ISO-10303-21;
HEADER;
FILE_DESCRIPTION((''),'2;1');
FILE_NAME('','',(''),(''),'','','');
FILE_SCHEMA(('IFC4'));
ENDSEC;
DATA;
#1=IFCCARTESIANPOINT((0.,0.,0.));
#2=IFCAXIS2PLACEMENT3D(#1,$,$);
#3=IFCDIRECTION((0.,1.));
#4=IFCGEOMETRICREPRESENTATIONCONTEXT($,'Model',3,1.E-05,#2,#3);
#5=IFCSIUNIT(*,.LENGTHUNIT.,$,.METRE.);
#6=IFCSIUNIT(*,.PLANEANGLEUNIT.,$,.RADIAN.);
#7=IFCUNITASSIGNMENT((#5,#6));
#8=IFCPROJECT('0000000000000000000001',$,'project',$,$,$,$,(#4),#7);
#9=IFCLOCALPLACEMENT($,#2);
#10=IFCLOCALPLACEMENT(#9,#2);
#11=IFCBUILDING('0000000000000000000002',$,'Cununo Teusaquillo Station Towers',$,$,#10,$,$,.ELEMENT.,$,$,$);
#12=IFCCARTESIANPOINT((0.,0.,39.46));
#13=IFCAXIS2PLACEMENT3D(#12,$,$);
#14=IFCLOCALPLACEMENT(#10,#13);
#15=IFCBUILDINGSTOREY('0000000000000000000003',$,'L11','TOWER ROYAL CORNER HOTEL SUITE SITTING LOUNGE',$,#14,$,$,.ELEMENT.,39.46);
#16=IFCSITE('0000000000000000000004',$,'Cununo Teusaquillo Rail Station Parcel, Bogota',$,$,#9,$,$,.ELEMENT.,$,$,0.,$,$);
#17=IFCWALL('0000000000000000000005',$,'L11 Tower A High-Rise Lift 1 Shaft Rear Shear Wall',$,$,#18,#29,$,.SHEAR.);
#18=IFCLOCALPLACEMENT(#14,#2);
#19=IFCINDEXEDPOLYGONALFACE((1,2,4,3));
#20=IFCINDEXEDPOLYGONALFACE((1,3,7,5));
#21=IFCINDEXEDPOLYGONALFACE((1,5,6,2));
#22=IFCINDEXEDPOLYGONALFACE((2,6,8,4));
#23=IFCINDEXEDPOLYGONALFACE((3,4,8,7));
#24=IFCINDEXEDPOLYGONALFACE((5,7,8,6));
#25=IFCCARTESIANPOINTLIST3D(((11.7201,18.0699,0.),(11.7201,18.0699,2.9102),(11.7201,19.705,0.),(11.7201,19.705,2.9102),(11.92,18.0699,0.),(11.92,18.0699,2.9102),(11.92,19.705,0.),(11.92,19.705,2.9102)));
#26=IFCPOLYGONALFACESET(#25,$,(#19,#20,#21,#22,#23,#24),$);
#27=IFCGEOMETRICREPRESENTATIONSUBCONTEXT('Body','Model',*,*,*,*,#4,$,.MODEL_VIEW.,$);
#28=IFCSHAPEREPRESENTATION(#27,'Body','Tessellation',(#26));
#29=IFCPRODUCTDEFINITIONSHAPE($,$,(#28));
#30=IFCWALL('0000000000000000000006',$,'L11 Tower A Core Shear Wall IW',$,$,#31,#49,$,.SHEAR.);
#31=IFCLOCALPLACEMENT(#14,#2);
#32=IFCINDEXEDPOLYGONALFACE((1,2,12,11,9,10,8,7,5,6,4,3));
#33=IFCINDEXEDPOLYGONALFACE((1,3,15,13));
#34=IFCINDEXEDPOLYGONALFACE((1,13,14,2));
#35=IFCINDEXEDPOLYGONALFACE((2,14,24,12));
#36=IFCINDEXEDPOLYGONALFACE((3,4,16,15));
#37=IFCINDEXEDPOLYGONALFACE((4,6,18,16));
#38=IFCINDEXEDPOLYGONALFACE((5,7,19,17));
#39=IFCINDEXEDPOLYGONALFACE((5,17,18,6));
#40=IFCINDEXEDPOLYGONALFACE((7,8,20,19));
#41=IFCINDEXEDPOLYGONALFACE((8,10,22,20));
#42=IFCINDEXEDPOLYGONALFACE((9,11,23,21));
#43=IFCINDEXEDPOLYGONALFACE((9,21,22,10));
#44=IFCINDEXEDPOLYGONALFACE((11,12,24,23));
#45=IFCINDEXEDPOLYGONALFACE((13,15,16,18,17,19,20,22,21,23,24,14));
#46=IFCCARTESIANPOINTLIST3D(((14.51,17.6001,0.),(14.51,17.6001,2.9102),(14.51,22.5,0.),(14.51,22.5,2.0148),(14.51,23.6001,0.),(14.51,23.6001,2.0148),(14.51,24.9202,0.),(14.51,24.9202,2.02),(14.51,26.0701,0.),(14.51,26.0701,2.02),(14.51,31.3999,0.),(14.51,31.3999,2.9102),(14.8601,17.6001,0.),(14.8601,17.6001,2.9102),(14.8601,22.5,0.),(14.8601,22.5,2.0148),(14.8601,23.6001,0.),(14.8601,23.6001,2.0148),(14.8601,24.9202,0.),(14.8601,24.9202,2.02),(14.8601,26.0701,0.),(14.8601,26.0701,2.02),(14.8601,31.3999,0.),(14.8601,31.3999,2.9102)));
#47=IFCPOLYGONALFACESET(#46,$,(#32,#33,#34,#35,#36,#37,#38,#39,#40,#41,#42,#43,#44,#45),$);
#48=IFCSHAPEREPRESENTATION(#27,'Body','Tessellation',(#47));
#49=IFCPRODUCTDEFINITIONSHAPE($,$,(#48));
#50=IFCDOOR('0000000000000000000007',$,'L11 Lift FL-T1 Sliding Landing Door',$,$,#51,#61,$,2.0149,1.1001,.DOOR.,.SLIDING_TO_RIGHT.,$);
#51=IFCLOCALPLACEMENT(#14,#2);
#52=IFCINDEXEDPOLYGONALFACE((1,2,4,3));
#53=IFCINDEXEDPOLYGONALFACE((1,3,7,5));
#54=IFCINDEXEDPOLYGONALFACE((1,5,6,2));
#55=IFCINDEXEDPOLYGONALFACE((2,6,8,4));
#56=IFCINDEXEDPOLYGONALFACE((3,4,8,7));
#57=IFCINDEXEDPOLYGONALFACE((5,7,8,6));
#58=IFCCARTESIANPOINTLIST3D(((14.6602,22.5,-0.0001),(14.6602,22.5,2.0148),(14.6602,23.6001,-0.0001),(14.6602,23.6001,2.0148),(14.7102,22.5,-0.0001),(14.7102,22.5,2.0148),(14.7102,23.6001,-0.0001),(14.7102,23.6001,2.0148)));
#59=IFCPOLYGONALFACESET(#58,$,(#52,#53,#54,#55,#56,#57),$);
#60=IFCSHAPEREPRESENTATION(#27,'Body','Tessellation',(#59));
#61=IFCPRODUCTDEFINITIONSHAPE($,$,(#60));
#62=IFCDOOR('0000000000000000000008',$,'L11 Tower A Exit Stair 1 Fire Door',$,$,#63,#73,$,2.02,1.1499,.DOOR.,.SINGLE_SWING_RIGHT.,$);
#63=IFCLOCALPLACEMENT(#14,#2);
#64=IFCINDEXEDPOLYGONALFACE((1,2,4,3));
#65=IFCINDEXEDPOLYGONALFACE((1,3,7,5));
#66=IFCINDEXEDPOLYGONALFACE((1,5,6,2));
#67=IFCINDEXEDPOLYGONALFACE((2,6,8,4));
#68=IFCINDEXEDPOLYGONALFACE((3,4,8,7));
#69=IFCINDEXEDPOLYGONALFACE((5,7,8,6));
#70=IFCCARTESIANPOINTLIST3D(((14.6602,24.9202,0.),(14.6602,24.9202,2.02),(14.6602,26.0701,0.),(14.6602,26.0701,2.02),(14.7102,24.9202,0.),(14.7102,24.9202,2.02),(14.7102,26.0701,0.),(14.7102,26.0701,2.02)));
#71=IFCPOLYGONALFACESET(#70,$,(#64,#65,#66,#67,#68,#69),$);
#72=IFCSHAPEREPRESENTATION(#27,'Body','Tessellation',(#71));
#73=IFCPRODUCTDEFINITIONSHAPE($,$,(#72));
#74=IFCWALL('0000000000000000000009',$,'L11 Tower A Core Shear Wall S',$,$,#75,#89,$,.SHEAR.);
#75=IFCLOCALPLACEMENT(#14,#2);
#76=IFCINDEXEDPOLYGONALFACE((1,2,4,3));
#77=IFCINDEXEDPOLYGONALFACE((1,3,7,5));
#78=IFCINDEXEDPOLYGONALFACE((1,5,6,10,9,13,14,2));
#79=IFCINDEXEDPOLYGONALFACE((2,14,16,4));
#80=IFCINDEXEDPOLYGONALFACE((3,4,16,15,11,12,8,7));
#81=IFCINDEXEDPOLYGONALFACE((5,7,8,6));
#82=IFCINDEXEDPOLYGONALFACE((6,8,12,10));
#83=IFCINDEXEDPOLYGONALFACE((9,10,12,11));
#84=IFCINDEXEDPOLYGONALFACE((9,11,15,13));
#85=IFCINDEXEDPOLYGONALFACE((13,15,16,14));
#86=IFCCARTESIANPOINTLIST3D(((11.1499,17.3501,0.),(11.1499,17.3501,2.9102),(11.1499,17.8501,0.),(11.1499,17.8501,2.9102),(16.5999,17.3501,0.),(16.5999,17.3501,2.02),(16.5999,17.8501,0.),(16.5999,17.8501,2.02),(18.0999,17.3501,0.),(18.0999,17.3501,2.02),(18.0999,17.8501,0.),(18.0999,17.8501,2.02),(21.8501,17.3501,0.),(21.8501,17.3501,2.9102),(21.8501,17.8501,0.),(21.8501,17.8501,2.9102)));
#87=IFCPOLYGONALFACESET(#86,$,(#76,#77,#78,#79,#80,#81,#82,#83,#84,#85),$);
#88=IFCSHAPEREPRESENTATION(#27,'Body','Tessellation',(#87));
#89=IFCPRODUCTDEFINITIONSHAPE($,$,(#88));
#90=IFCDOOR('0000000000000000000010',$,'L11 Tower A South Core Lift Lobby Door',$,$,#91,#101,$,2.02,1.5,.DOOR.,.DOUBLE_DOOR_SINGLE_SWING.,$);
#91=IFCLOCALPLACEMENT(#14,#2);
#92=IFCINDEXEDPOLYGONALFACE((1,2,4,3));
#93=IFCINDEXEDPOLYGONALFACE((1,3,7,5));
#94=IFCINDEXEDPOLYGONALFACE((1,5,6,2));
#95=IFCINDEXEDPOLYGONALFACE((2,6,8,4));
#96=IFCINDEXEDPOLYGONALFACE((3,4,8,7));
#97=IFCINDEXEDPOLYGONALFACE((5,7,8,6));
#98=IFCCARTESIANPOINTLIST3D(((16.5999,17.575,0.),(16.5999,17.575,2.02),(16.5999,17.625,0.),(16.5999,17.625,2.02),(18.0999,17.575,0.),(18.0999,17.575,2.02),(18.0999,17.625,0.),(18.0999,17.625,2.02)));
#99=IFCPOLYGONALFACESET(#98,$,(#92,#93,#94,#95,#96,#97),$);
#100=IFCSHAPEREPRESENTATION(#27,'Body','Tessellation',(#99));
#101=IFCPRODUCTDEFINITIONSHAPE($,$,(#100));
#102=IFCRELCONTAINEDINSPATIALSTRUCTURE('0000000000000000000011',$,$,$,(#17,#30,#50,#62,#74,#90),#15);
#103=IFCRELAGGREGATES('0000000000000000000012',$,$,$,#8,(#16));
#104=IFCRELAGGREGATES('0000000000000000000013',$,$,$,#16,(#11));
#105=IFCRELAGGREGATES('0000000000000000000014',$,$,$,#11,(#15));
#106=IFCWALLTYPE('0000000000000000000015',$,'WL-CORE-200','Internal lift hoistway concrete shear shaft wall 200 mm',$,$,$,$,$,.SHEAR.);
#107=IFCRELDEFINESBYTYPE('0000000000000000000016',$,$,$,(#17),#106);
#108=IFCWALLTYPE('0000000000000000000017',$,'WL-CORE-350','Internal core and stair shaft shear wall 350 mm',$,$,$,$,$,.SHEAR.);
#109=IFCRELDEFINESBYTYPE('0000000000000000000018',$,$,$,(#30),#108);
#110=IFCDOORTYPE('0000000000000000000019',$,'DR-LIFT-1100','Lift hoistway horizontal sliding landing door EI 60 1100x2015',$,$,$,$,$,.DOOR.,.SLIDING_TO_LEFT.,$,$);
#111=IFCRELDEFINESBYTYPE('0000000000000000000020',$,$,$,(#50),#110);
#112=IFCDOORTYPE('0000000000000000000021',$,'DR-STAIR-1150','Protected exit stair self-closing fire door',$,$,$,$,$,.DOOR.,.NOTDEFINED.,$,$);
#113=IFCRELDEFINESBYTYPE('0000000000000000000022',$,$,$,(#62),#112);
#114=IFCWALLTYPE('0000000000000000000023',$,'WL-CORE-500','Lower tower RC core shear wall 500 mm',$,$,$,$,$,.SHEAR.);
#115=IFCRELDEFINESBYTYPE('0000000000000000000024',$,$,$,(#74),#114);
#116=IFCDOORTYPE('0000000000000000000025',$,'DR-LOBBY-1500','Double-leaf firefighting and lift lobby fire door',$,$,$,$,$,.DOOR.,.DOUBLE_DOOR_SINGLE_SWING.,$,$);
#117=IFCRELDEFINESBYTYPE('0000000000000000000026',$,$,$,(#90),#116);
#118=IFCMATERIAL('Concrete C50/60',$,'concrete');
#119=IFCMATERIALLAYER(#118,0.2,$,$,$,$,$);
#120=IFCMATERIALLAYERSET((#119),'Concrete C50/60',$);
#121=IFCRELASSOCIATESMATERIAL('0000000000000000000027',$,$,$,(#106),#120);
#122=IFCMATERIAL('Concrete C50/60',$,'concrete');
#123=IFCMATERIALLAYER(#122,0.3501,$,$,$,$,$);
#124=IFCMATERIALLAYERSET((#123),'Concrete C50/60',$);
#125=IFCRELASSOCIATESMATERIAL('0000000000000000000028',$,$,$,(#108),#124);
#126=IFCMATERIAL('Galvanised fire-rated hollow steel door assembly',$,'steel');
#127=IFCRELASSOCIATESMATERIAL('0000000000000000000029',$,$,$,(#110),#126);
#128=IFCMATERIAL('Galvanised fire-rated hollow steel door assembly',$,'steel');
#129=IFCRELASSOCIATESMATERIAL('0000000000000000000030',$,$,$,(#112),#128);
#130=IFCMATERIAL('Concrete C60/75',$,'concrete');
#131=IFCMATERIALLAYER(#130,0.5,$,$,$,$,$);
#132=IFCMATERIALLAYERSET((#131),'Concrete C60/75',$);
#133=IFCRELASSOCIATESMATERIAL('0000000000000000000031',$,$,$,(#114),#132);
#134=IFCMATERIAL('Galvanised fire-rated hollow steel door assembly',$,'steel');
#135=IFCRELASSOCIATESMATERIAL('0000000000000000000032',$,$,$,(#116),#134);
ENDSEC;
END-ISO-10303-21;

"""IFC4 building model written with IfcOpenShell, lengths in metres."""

from ifc_helpers import new_model, si_unit, direction, frame, frame_2d, origin, place, context, subcontext, project, spatial, rectangle, extrude, source, transform, mapped, material, layer, layer_set, type_object, element, fill, save


model = new_model("IFC4")

# Units and contexts
model_context = context("Model", 3, precision=1e-05, world=origin(), true_north=direction((0.0, 1.0)))
body_context = subcontext(model_context, "Body", "Model", "MODEL_VIEW")
ifc_project = project(units=[si_unit("LENGTHUNIT", "METRE"), si_unit("PLANEANGLEUNIT", "RADIAN")], contexts=[model_context])

# Site, building, storey
site_placement = place(None, origin())
site = spatial("IfcSite", under=ifc_project, at=site_placement, Name="Cununo Teusaquillo Rail Station Parcel, Bogota", CompositionType="ELEMENT", RefElevation=0.0)
building_placement = place(site_placement, origin())
building = spatial("IfcBuilding", under=site, at=building_placement, Name="Cununo Teusaquillo Station Towers", CompositionType="ELEMENT")
storey_placement = place(building_placement, frame((0.0, 0.0, 39.46)))
storey = spatial("IfcBuildingStorey", under=building, at=storey_placement, Name="L11", Description="TOWER ROYAL CORNER HOTEL SUITE SITTING LOUNGE", CompositionType="ELEMENT", Elevation=39.46)

# Wall
ifc_material_1 = material(Name="Concrete C50/60", Category="concrete")
ifc_layer_1 = layer(ifc_material_1, 0.2)
ifc_layer_set_1 = layer_set([ifc_layer_1], Name="Concrete C50/60")
wall_type_1 = type_object("IfcWallType", Name="WL-CORE-200", Description="Internal lift hoistway concrete shear shaft wall 200 mm", PredefinedType="SHEAR", material=ifc_layer_set_1)
wall_1_placement = place(storey_placement, frame((11.8201, 18.0701, 0.0), z_axis=(0.0, 0.0, 1.0), x_axis=(0.0, 1.0, 0.0)))
element("IfcWall", 1, at=wall_1_placement, inside=storey, type_object=wall_type_1, Name="L11 Tower A High-Rise Lift 1 Shaft Rear Shear Wall", PredefinedType="SHEAR", context=body_context, shape_type="SweptSolid", body=[
    extrude(rectangle(XDim=1.635, YDim=0.2, at=frame_2d((0.8174, 0.0))), origin(), (0.0, 0.0, 1.0), 2.9102),
])

# Wall, openings, doors
ifc_material_2 = material(Name="Concrete C50/60", Category="concrete")
ifc_layer_2 = layer(ifc_material_2, 0.3501)
ifc_layer_set_2 = layer_set([ifc_layer_2], Name="Concrete C50/60")
wall_type_2 = type_object("IfcWallType", Name="WL-CORE-350", Description="Internal core and stair shaft shear wall 350 mm", PredefinedType="SHEAR", material=ifc_layer_set_2)
wall_2_placement = place(storey_placement, frame((14.6851, 17.6001, 0.0), z_axis=(0.0, 0.0, 1.0), x_axis=(0.0, 1.0, 0.0)))
wall_2 = element("IfcWall", 2, at=wall_2_placement, inside=storey, type_object=wall_type_2, Name="L11 Tower A Core Shear Wall IW", PredefinedType="SHEAR", context=body_context, shape_type="SweptSolid", body=[
    extrude(rectangle(XDim=13.7998, YDim=0.3501, at=frame_2d((6.8999, 0.0))), origin(), (0.0, 0.0, 1.0), 2.9102),
])
shared_shape_1 = source(origin(), body_context, "Body", "SweptSolid", [
    extrude(rectangle(XDim=1.1001, YDim=2.0149, at=frame_2d((0.55, 1.0073))), frame((0.0, 0.1851, 0.0), z_axis=(0.0, -1.0, 0.0), x_axis=(1.0, 0.0, 0.0)), (0.0, 0.0, 1.0), 0.3701),
])
opening_1_placement = place(wall_2_placement, frame((4.8999, 0.0, 0.0)))
opening_1 = element("IfcOpeningElement", 3, at=opening_1_placement, cuts=wall_2, PredefinedType="OPENING", context=body_context, shape_type="MappedRepresentation", body=[
    mapped(shared_shape_1, transform((0.0, 0.0, 0.0), x_axis=(1.0, 0.0, 0.0), y_axis=(0.0, 1.0, 0.0), z_axis=(0.0, 0.0, 1.0), scale=1.0)),
])
shared_shape_2 = source(origin(), body_context, "Body", "SweptSolid", [
    extrude(rectangle(XDim=1.1499, YDim=2.02, at=frame_2d((0.575, 1.01))), frame((0.0, 0.1851, 0.0), z_axis=(0.0, -1.0, 0.0), x_axis=(1.0, 0.0, 0.0)), (0.0, 0.0, 1.0), 0.3701),
])
opening_2_placement = place(wall_2_placement, frame((7.3201, 0.0, 0.0)))
opening_2 = element("IfcOpeningElement", 4, at=opening_2_placement, cuts=wall_2, PredefinedType="OPENING", context=body_context, shape_type="MappedRepresentation", body=[
    mapped(shared_shape_2, transform((0.0, 0.0, 0.0), x_axis=(1.0, 0.0, 0.0), y_axis=(0.0, 1.0, 0.0), z_axis=(0.0, 0.0, 1.0), scale=1.0)),
])
ifc_material_3 = material(Name="Galvanised fire-rated hollow steel door assembly", Category="steel")
door_type_1 = type_object("IfcDoorType", Name="DR-LIFT-1100", Description="Lift hoistway horizontal sliding landing door EI 60 1100x2015", OperationType="SLIDING_TO_LEFT", PredefinedType="DOOR", material=ifc_material_3)
shared_shape_3 = source(origin(), body_context, "Body", "SweptSolid", [
    extrude(rectangle(XDim=1.1001, YDim=2.0149, at=frame_2d((0.55, 1.0073))), frame((0.0, 0.0249, 0.0), z_axis=(0.0, -1.0, 0.0), x_axis=(1.0, 0.0, 0.0)), (0.0, 0.0, 1.0), 0.05),
])
door_1_placement = place(opening_1_placement, origin())
door_1 = element("IfcDoor", 5, at=door_1_placement, inside=storey, type_object=door_type_1, Name="L11 Lift FL-T1 Sliding Landing Door", OperationType="SLIDING_TO_RIGHT", OverallHeight=2.0149, OverallWidth=1.1001, PredefinedType="DOOR", context=body_context, shape_type="MappedRepresentation", body=[
    mapped(shared_shape_3, transform((0.0, 0.0, 0.0), x_axis=(1.0, 0.0, 0.0), y_axis=(0.0, 1.0, 0.0), z_axis=(0.0, 0.0, 1.0), scale=1.0)),
])
fill(opening_1, door_1)
ifc_material_4 = material(Name="Galvanised fire-rated hollow steel door assembly", Category="steel")
door_type_2 = type_object("IfcDoorType", Name="DR-STAIR-1150", Description="Protected exit stair self-closing fire door", OperationType="NOTDEFINED", PredefinedType="DOOR", material=ifc_material_4)
shared_shape_4 = source(origin(), body_context, "Body", "SweptSolid", [
    extrude(rectangle(XDim=1.1499, YDim=2.02, at=frame_2d((0.575, 1.01))), frame((0.0, 0.0249, 0.0), z_axis=(0.0, -1.0, 0.0), x_axis=(1.0, 0.0, 0.0)), (0.0, 0.0, 1.0), 0.05),
])
door_2_placement = place(opening_2_placement, origin())
door_2 = element("IfcDoor", 6, at=door_2_placement, inside=storey, type_object=door_type_2, Name="L11 Tower A Exit Stair 1 Fire Door", OperationType="SINGLE_SWING_RIGHT", OverallHeight=2.02, OverallWidth=1.1499, PredefinedType="DOOR", context=body_context, shape_type="MappedRepresentation", body=[
    mapped(shared_shape_4, transform((0.0, 0.0, 0.0), x_axis=(1.0, 0.0, 0.0), y_axis=(0.0, 1.0, 0.0), z_axis=(0.0, 0.0, 1.0), scale=1.0)),
])
fill(opening_2, door_2)

# Wall, opening, door
ifc_material_5 = material(Name="Concrete C60/75", Category="concrete")
ifc_layer_3 = layer(ifc_material_5, 0.5)
ifc_layer_set_3 = layer_set([ifc_layer_3], Name="Concrete C60/75")
wall_type_3 = type_object("IfcWallType", Name="WL-CORE-500", Description="Lower tower RC core shear wall 500 mm", PredefinedType="SHEAR", material=ifc_layer_set_3)
wall_3_placement = place(storey_placement, frame((11.1499, 17.6001, 0.0), z_axis=(0.0, 0.0, 1.0), x_axis=(1.0, 0.0, 0.0)))
wall_3 = element("IfcWall", 7, at=wall_3_placement, inside=storey, type_object=wall_type_3, Name="L11 Tower A Core Shear Wall S", PredefinedType="SHEAR", context=body_context, shape_type="SweptSolid", body=[
    extrude(rectangle(XDim=10.7002, YDim=0.5, at=frame_2d((5.3501, 0.0))), origin(), (0.0, 0.0, 1.0), 2.9102),
])
shared_shape_5 = source(origin(), body_context, "Body", "SweptSolid", [
    extrude(rectangle(XDim=1.5, YDim=2.02, at=frame_2d((0.75, 1.01))), frame((0.0, 0.26, 0.0), z_axis=(0.0, -1.0, 0.0), x_axis=(1.0, 0.0, 0.0)), (0.0, 0.0, 1.0), 0.52),
])
opening_3_placement = place(wall_3_placement, frame((5.45, 0.0, 0.0)))
opening_3 = element("IfcOpeningElement", 8, at=opening_3_placement, cuts=wall_3, PredefinedType="OPENING", context=body_context, shape_type="MappedRepresentation", body=[
    mapped(shared_shape_5, transform((0.0, 0.0, 0.0), x_axis=(1.0, 0.0, 0.0), y_axis=(0.0, 1.0, 0.0), z_axis=(0.0, 0.0, 1.0), scale=1.0)),
])
ifc_material_6 = material(Name="Galvanised fire-rated hollow steel door assembly", Category="steel")
door_type_3 = type_object("IfcDoorType", Name="DR-LOBBY-1500", Description="Double-leaf firefighting and lift lobby fire door", OperationType="DOUBLE_DOOR_SINGLE_SWING", PredefinedType="DOOR", material=ifc_material_6)
shared_shape_6 = source(origin(), body_context, "Body", "SweptSolid", [
    extrude(rectangle(XDim=1.5, YDim=2.02, at=frame_2d((0.75, 1.01))), frame((0.0, 0.0249, 0.0), z_axis=(0.0, -1.0, 0.0), x_axis=(1.0, 0.0, 0.0)), (0.0, 0.0, 1.0), 0.05),
])
door_3_placement = place(opening_3_placement, origin())
door_3 = element("IfcDoor", 9, at=door_3_placement, inside=storey, type_object=door_type_3, Name="L11 Tower A South Core Lift Lobby Door", OperationType="DOUBLE_DOOR_SINGLE_SWING", OverallHeight=2.02, OverallWidth=1.5, PredefinedType="DOOR", context=body_context, shape_type="MappedRepresentation", body=[
    mapped(shared_shape_6, transform((0.0, 0.0, 0.0), x_axis=(1.0, 0.0, 0.0), y_axis=(0.0, 1.0, 0.0), z_axis=(0.0, 0.0, 1.0), scale=1.0)),
])
fill(opening_3, door_3)

save(model, "model.ifc")
